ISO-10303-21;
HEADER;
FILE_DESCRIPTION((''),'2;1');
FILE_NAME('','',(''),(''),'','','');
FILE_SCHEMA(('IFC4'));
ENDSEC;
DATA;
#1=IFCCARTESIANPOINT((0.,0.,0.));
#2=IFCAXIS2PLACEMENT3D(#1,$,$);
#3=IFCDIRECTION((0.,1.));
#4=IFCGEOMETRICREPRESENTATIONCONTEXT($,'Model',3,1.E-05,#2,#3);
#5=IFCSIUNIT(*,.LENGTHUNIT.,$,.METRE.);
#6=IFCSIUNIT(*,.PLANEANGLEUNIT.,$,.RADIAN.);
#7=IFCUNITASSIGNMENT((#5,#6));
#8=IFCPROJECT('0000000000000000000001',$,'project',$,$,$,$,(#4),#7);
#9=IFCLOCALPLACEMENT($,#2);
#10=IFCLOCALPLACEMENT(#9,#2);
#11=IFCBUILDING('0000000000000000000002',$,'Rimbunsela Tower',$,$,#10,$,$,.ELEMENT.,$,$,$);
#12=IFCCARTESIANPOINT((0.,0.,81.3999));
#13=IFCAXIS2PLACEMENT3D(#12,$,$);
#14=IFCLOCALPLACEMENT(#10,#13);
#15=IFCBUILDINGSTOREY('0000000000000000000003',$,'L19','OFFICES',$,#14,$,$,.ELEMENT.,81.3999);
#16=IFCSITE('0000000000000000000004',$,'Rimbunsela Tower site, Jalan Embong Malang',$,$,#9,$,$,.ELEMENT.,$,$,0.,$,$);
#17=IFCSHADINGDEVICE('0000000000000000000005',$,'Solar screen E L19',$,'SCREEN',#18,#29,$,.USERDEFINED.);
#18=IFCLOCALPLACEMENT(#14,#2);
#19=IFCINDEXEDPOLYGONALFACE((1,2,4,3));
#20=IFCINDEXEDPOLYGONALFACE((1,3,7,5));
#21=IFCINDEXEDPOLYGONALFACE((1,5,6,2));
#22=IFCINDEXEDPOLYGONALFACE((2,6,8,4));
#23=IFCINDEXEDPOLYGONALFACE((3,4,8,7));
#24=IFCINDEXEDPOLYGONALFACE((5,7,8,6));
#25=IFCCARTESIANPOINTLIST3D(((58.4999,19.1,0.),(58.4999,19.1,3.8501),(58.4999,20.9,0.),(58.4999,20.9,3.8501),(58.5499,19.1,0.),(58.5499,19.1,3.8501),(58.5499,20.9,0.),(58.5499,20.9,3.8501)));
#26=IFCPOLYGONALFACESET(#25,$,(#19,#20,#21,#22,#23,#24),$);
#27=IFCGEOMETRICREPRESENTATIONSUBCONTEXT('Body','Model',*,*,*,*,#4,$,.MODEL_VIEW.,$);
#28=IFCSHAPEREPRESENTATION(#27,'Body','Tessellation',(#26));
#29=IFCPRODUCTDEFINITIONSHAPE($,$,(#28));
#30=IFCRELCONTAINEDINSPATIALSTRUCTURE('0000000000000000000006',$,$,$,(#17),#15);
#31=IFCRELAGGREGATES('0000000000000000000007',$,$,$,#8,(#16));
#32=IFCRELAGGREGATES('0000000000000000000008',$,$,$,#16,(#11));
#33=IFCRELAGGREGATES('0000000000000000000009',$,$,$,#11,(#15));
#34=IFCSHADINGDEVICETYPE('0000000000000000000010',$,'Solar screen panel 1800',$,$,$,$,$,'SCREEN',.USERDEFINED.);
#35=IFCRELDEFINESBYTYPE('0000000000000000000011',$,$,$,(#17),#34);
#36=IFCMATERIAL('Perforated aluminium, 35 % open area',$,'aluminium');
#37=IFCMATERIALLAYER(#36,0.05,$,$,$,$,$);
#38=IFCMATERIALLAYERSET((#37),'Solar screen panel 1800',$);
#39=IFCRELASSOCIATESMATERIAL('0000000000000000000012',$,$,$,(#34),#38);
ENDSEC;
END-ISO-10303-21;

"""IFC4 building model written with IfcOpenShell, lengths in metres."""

from ifc_helpers import new_model, si_unit, direction, frame, origin, origin_2d, place, context, subcontext, project, spatial, rectangle, extrude, material, layer, layer_set, type_object, element, save


model = new_model("IFC4")

# Units and contexts
model_context = context("Model", 3, precision=1e-05, world=origin(), true_north=direction((0.0, 1.0)))
body_context = subcontext(model_context, "Body", "Model", "MODEL_VIEW")
ifc_project = project(units=[si_unit("LENGTHUNIT", "METRE"), si_unit("PLANEANGLEUNIT", "RADIAN")], contexts=[model_context])

# Site, building, storey
site_placement = place(None, origin())
site = spatial("IfcSite", under=ifc_project, at=site_placement, Name="Rimbunsela Tower site, Jalan Embong Malang", CompositionType="ELEMENT", RefElevation=0.0)
building_placement = place(site_placement, origin())
building = spatial("IfcBuilding", under=site, at=building_placement, Name="Rimbunsela Tower", CompositionType="ELEMENT")
storey_placement = place(building_placement, frame((0.0, 0.0, 81.3999)))
storey = spatial("IfcBuildingStorey", under=building, at=storey_placement, Name="L19", Description="OFFICES", CompositionType="ELEMENT", Elevation=81.3999)

# Shading device
ifc_material_1 = material(Name="Perforated aluminium, 35 % open area", Category="aluminium")
ifc_layer_1 = layer(ifc_material_1, 0.05)
ifc_layer_set_1 = layer_set([ifc_layer_1], Name="Solar screen panel 1800")
shading_device_type = type_object("IfcShadingDeviceType", Name="Solar screen panel 1800", ElementType="SCREEN", PredefinedType="USERDEFINED", material=ifc_layer_set_1)
for number, where, z_axis, x_axis, name in (
    (1, (58.5249, 20.0, 0.0), (0.0, 0.0, 1.0), (0.0, 1.0, 0.0), "Solar screen E L19"),
):
    element("IfcShadingDevice", number, at=place(storey_placement, frame(where, z_axis=z_axis, x_axis=x_axis)), inside=storey, type_object=shading_device_type, Name=name, ObjectType="SCREEN", PredefinedType="USERDEFINED", context=body_context, shape_type="SweptSolid", body=[
        extrude(rectangle(XDim=1.8, YDim=0.05, at=origin_2d()), origin(), (0.0, 0.0, 1.0), 3.8501),
    ])

save(model, "model.ifc")
